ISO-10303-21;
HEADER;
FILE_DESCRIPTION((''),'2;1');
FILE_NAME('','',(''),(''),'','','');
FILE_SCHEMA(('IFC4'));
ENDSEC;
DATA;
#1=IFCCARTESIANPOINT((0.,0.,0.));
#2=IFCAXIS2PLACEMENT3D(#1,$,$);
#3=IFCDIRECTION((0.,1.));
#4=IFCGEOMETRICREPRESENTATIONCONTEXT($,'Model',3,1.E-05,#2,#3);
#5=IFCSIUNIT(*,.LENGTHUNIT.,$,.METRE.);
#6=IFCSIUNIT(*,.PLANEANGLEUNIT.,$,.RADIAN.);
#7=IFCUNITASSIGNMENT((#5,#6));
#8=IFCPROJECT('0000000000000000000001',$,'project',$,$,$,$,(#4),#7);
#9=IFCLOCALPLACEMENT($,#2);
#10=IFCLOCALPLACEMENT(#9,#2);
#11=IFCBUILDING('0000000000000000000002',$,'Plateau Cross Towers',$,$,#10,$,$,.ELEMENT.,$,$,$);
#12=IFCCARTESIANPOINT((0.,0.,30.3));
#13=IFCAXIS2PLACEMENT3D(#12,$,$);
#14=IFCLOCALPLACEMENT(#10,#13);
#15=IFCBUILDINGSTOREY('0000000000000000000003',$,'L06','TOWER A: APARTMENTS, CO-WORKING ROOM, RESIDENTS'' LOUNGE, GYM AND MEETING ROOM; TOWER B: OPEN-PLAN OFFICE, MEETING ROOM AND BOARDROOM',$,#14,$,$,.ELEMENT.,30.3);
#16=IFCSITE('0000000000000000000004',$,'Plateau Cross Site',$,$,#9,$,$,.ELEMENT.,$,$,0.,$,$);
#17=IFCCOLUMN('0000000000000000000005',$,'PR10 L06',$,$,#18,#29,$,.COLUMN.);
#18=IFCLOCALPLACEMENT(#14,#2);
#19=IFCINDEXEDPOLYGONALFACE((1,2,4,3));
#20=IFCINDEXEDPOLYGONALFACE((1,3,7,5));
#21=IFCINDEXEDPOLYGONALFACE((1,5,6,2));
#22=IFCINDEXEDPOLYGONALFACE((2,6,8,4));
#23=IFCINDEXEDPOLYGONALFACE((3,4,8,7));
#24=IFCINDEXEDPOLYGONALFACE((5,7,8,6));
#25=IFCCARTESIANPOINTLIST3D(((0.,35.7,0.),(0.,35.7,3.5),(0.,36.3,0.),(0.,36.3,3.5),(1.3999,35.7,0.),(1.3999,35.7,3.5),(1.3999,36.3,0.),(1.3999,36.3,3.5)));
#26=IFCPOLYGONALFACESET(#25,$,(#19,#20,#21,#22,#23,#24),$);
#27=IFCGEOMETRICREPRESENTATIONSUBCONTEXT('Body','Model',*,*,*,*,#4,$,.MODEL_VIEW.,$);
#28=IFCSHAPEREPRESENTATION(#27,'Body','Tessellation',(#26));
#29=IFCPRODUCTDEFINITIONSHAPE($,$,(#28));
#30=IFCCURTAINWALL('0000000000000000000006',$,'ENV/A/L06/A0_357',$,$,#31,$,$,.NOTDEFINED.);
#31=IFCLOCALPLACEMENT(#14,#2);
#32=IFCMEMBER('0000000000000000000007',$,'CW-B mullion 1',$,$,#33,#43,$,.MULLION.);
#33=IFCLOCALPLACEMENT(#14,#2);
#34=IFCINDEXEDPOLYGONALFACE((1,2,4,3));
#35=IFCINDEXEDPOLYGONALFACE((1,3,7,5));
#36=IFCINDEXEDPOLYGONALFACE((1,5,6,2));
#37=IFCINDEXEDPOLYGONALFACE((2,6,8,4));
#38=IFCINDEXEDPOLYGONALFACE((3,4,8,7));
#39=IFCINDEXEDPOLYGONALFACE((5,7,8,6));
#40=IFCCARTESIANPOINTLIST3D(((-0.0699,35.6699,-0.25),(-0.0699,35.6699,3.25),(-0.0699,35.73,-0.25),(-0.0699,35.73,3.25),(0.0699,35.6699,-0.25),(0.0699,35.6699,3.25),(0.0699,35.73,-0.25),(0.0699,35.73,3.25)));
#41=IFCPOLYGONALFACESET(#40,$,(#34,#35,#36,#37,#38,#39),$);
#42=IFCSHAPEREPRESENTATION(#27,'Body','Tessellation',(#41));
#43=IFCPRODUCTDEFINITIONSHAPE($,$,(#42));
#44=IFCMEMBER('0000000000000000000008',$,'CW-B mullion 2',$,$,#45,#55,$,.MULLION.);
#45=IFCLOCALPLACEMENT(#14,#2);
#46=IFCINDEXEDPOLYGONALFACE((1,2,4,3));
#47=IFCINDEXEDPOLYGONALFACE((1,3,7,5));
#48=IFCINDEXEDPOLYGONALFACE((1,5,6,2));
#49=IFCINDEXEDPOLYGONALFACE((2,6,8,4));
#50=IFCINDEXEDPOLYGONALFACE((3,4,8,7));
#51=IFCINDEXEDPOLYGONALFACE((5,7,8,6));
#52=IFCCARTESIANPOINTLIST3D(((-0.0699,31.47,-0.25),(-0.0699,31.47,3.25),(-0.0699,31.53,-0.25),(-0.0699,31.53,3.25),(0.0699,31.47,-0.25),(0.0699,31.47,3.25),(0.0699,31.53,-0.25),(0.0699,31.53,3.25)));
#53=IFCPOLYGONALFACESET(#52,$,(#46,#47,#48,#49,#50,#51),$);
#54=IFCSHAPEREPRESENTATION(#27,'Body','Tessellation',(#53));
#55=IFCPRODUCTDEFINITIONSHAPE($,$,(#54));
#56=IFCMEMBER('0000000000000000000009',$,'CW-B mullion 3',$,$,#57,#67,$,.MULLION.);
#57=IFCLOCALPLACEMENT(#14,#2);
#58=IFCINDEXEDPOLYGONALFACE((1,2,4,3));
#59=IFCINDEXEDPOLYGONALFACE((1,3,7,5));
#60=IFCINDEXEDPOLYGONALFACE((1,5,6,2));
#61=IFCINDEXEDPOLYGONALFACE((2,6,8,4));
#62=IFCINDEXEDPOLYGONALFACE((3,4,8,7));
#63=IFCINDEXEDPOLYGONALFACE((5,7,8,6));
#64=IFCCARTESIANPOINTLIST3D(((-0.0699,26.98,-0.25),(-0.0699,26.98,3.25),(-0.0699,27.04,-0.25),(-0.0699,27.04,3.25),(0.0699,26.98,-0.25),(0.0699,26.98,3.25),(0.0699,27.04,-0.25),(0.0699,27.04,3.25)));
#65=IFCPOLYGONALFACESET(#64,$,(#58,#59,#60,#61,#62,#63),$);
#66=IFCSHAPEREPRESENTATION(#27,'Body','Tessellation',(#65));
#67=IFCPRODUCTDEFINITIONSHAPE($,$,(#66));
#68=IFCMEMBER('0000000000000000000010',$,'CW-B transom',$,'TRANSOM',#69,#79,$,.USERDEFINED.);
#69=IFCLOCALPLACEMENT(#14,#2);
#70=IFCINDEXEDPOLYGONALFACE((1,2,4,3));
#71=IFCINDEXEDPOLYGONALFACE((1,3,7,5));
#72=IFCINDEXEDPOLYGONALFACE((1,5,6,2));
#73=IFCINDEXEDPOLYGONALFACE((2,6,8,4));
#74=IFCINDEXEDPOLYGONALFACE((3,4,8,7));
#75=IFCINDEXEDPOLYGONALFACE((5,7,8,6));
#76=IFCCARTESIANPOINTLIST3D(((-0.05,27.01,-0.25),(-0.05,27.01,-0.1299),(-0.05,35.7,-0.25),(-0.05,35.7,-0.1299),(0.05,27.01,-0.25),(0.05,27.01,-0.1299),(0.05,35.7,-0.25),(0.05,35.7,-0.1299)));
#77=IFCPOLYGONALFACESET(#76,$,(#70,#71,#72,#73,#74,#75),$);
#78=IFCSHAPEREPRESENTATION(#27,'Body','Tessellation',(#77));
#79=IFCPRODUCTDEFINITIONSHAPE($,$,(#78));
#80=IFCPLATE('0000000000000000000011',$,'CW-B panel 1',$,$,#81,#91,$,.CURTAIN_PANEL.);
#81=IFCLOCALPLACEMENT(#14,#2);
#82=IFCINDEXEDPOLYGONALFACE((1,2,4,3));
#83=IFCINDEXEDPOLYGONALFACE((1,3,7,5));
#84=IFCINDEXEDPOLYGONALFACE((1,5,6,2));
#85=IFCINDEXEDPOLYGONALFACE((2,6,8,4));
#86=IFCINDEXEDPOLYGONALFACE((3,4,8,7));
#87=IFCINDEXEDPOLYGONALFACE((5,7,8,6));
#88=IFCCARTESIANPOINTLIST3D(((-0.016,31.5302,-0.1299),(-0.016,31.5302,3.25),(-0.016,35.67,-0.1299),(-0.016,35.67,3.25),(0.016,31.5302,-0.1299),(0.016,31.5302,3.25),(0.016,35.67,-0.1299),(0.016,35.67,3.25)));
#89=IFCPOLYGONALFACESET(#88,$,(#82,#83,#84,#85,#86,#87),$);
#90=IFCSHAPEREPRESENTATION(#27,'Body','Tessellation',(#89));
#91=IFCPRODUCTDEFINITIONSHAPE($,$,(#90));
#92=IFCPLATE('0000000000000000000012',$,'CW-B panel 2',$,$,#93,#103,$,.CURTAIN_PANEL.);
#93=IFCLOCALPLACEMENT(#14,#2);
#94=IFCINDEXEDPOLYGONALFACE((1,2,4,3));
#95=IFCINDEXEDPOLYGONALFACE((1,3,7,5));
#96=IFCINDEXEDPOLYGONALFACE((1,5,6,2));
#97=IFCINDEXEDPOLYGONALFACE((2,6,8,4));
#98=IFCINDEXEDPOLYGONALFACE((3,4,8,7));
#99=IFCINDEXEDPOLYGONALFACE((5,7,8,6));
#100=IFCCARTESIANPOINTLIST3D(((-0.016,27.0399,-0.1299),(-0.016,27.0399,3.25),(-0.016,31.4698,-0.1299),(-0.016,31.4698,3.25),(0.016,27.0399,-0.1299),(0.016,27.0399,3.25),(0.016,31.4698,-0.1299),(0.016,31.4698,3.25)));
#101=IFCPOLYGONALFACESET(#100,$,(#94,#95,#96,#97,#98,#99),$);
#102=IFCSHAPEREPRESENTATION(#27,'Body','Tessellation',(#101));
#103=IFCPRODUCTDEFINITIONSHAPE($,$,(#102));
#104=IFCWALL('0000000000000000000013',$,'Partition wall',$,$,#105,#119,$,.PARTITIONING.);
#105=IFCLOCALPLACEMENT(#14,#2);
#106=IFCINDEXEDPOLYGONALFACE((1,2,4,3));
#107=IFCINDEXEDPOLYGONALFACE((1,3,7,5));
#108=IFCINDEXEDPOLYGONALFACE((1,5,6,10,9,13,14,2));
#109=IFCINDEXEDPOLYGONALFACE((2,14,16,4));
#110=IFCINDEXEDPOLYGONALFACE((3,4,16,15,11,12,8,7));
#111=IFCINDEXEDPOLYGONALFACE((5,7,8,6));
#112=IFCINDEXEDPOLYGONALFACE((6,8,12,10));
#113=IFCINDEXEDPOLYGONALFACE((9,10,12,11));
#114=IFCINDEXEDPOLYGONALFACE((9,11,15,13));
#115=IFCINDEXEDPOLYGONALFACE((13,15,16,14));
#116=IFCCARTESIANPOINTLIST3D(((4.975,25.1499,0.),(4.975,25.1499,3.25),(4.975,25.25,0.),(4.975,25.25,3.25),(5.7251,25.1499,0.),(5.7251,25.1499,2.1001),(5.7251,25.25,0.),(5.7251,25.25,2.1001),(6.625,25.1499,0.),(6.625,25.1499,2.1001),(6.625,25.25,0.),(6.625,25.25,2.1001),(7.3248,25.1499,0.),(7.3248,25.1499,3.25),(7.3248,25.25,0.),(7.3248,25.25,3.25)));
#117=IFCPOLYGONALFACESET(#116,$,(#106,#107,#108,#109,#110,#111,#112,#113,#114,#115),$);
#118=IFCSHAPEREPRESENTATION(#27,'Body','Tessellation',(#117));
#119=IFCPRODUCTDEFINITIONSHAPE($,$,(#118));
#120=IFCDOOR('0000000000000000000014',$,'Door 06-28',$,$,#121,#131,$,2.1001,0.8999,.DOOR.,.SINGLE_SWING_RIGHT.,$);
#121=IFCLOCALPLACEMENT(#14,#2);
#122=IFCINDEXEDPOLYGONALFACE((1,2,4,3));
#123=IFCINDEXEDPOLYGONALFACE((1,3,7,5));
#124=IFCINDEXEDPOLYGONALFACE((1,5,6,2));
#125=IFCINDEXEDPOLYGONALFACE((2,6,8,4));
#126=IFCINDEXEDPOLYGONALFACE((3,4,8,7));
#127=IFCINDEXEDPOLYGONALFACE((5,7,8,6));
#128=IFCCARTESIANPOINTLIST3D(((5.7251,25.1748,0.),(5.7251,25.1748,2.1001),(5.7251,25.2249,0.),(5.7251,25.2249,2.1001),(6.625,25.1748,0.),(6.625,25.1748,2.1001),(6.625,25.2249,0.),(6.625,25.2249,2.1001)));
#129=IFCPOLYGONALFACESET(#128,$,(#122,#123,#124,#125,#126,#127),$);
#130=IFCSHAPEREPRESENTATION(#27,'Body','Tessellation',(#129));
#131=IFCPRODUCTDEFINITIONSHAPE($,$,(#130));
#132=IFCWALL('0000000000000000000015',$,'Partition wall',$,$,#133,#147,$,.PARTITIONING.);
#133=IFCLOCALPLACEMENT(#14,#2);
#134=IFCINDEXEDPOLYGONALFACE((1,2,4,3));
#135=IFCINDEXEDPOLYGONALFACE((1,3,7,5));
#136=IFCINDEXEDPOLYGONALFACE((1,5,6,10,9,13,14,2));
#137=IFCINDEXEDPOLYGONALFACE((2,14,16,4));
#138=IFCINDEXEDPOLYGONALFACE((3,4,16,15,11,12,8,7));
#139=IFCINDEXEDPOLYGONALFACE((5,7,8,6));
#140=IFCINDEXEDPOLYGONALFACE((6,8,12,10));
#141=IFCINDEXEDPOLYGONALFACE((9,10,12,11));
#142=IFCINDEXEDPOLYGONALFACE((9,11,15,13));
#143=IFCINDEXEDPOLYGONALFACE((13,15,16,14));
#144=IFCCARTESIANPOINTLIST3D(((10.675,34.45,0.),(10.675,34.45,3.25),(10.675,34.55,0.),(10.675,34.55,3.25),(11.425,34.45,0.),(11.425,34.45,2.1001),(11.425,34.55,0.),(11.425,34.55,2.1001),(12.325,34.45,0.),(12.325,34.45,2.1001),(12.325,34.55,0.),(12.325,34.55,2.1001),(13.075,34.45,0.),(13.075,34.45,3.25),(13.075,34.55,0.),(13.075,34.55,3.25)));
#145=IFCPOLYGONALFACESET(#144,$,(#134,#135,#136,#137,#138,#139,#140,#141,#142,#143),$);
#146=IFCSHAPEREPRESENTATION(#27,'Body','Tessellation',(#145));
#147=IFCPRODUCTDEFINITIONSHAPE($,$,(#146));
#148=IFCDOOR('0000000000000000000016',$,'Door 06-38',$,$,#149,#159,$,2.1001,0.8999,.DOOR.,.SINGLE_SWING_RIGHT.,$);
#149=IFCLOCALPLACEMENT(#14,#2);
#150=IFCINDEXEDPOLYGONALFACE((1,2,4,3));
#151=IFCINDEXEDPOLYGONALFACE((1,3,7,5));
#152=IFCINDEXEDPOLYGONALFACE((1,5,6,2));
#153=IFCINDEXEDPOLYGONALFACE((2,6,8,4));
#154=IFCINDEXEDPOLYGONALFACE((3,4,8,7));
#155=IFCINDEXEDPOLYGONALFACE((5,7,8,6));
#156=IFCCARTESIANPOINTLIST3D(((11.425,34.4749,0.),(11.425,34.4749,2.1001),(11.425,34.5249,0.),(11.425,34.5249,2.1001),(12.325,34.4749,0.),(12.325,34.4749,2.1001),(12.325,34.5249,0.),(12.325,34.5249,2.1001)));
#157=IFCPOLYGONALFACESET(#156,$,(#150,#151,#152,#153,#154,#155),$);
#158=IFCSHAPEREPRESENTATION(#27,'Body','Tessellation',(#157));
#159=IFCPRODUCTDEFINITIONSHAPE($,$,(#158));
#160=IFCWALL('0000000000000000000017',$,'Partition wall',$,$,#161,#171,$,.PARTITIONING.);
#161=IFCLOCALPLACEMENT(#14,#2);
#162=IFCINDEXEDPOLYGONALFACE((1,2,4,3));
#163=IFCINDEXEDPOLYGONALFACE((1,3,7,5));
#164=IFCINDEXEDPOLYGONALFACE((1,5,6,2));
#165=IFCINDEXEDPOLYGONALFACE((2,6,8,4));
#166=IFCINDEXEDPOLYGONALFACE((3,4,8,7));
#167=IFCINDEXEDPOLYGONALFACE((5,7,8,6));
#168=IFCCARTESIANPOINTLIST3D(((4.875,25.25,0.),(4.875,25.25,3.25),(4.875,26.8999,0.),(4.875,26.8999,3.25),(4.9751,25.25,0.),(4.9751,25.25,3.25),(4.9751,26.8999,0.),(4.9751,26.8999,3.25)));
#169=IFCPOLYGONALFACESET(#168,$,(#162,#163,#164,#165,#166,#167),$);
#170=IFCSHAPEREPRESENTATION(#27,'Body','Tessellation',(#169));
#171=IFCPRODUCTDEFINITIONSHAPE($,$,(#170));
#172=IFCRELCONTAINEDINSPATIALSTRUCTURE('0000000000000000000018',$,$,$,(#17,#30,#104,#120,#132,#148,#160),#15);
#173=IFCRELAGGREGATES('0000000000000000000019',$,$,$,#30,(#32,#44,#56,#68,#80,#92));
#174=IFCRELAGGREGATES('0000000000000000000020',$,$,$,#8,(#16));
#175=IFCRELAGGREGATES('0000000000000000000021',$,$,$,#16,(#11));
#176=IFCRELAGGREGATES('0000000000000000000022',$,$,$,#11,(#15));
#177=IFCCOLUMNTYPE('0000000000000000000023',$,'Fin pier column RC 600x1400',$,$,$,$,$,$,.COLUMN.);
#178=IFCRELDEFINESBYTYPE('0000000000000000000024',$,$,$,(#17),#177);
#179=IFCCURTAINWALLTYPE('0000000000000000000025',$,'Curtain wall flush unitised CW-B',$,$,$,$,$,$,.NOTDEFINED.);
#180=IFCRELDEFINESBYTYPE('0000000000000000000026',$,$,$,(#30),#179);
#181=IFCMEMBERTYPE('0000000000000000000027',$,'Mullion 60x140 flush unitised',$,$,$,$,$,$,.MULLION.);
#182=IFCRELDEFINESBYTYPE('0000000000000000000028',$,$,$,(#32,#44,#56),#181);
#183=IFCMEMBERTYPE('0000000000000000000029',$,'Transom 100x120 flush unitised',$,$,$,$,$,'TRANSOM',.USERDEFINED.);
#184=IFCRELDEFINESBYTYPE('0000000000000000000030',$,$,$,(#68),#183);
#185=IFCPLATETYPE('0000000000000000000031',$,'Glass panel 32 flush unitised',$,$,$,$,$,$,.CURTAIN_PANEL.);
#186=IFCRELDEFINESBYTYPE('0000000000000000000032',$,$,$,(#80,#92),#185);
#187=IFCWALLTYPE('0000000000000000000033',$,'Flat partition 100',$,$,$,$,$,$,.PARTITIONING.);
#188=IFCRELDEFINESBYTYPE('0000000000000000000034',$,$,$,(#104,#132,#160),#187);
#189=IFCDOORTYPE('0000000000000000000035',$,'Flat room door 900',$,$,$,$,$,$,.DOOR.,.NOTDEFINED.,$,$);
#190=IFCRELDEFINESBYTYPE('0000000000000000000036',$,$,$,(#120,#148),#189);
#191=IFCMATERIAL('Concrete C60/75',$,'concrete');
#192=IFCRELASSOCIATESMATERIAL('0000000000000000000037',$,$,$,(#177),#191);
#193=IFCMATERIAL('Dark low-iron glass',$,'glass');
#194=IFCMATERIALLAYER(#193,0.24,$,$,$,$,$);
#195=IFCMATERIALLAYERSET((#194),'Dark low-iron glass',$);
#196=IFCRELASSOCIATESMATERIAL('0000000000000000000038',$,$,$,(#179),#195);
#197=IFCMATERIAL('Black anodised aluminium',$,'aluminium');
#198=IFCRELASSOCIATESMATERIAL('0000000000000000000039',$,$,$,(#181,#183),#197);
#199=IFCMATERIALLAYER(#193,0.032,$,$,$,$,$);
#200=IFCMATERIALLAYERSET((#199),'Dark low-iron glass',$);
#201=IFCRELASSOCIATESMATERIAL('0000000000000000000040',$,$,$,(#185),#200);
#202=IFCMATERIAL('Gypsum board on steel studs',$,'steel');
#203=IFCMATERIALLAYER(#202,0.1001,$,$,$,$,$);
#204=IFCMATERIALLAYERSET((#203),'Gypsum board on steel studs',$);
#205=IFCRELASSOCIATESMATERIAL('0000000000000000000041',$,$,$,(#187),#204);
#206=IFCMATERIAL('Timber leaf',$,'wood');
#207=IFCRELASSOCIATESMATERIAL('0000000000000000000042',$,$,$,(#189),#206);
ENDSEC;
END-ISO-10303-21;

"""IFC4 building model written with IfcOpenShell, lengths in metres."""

from ifc_helpers import new_model, si_unit, direction, frame, frame_2d, origin, origin_2d, place, context, subcontext, project, spatial, rectangle, extrude, material, layer, layer_set, material_profile, profile_set, type_object, element, fill, aggregate, save


model = new_model("IFC4")

# Units and contexts
model_context = context("Model", 3, precision=1e-05, world=origin(), true_north=direction((0.0, 1.0)))
body_context = subcontext(model_context, "Body", "Model", "MODEL_VIEW")
ifc_project = project(units=[si_unit("LENGTHUNIT", "METRE"), si_unit("PLANEANGLEUNIT", "RADIAN")], contexts=[model_context])

# Site, building, storey
site_placement = place(None, origin())
site = spatial("IfcSite", under=ifc_project, at=site_placement, Name="Plateau Cross Site", CompositionType="ELEMENT", RefElevation=0.0)
building_placement = place(site_placement, origin())
building = spatial("IfcBuilding", under=site, at=building_placement, Name="Plateau Cross Towers", CompositionType="ELEMENT")
storey_placement = place(building_placement, frame((0.0, 0.0, 30.3)))
storey = spatial("IfcBuildingStorey", under=building, at=storey_placement, Name="L06", Description="TOWER A: APARTMENTS, CO-WORKING ROOM, RESIDENTS' LOUNGE, GYM AND MEETING ROOM; TOWER B: OPEN-PLAN OFFICE, MEETING ROOM AND BOARDROOM", CompositionType="ELEMENT", Elevation=30.3)

# Column
ifc_material_1 = material(Name="Concrete C60/75", Category="concrete")
ifc_material_profile_1 = material_profile(ifc_material_1, rectangle(XDim=0.6001, YDim=1.3999, at=origin_2d()), Name="RC 600x1400")
ifc_profile_set_1 = profile_set([ifc_material_profile_1], Name="Concrete C60/75")
column_type = type_object("IfcColumnType", Name="Fin pier column RC 600x1400", PredefinedType="COLUMN", material=ifc_profile_set_1)
column_placement = place(storey_placement, frame((0.7, 36.0, 0.0), z_axis=(0.0, 0.0, 1.0), x_axis=(0.0, 1.0, 0.0)))
element("IfcColumn", 1, at=column_placement, inside=storey, type_object=column_type, Name="PR10 L06", PredefinedType="COLUMN", context=body_context, shape_type="SweptSolid", body=[
    extrude(rectangle(XDim=0.6001, YDim=1.3999, at=origin_2d()), origin(), (0.0, 0.0, 1.0), 3.5),
])

# Curtain wall, members, plates
ifc_material_2 = material(Name="Dark low-iron glass", Category="glass")
ifc_layer_1 = layer(ifc_material_2, 0.24)
ifc_layer_set_1 = layer_set([ifc_layer_1], Name="Dark low-iron glass")
curtain_wall_type = type_object("IfcCurtainWallType", Name="Curtain wall flush unitised CW-B", PredefinedType="NOTDEFINED", material=ifc_layer_set_1)
curtain_wall_placement = place(storey_placement, origin())
curtain_wall = element("IfcCurtainWall", 2, at=curtain_wall_placement, inside=storey, type_object=curtain_wall_type, Name="ENV/A/L06/A0_357", PredefinedType="NOTDEFINED")
ifc_material_3 = material(Name="Black anodised aluminium", Category="aluminium")
ifc_material_profile_2 = material_profile(ifc_material_3, rectangle(XDim=0.0601, YDim=0.1399, at=origin_2d()), Name="MULLION 60x140")
ifc_profile_set_2 = profile_set([ifc_material_profile_2], Name="Black anodised aluminium")
member_type_1 = type_object("IfcMemberType", Name="Mullion 60x140 flush unitised", PredefinedType="MULLION", material=ifc_profile_set_2)
member_1_placement = place(storey_placement, frame((0.0, 35.7, -0.25), z_axis=(0.0, 0.0, 1.0), x_axis=(0.0, -1.0, 0.0)))
member_1 = element("IfcMember", 3, at=member_1_placement, type_object=member_type_1, Name="CW-B mullion 1", PredefinedType="MULLION", context=body_context, shape_type="SweptSolid", body=[
    extrude(rectangle(XDim=0.0601, YDim=0.1399, at=origin_2d()), origin(), (0.0, 0.0, 1.0), 3.5),
])
member_2_placement = place(storey_placement, frame((0.0, 31.5, -0.25), z_axis=(0.0, 0.0, 1.0), x_axis=(0.0, -1.0, 0.0)))
member_2 = element("IfcMember", 4, at=member_2_placement, type_object=member_type_1, Name="CW-B mullion 2", PredefinedType="MULLION", context=body_context, shape_type="SweptSolid", body=[
    extrude(rectangle(XDim=0.0601, YDim=0.1399, at=origin_2d()), origin(), (0.0, 0.0, 1.0), 3.5),
])
member_3_placement = place(storey_placement, frame((0.0, 27.01, -0.25), z_axis=(0.0, 0.0, 1.0), x_axis=(0.0, -1.0, 0.0)))
member_3 = element("IfcMember", 5, at=member_3_placement, type_object=member_type_1, Name="CW-B mullion 3", PredefinedType="MULLION", context=body_context, shape_type="SweptSolid", body=[
    extrude(rectangle(XDim=0.0601, YDim=0.1399, at=origin_2d()), origin(), (0.0, 0.0, 1.0), 3.5),
])
ifc_material_profile_3 = material_profile(ifc_material_3, rectangle(XDim=0.1001, YDim=0.1201, at=origin_2d()), Name="TRANSOM 100x120")
ifc_profile_set_3 = profile_set([ifc_material_profile_3], Name="Black anodised aluminium")
member_type_2 = type_object("IfcMemberType", Name="Transom 100x120 flush unitised", ElementType="TRANSOM", PredefinedType="USERDEFINED", material=ifc_profile_set_3)
member_4_placement = place(storey_placement, frame((0.0, 35.7, -0.1899), z_axis=(0.0, -1.0, 0.0), x_axis=(1.0, 0.0, 0.0)))
member_4 = element("IfcMember", 6, at=member_4_placement, type_object=member_type_2, Name="CW-B transom", ObjectType="TRANSOM", PredefinedType="USERDEFINED", context=body_context, shape_type="SweptSolid", body=[
    extrude(rectangle(XDim=0.1001, YDim=0.1201, at=origin_2d()), origin(), (0.0, 0.0, 1.0), 8.6899),
])
ifc_layer_2 = layer(ifc_material_2, 0.032)
ifc_layer_set_2 = layer_set([ifc_layer_2], Name="Dark low-iron glass")
plate_type = type_object("IfcPlateType", Name="Glass panel 32 flush unitised", PredefinedType="CURTAIN_PANEL", material=ifc_layer_set_2)
plate_1_placement = place(storey_placement, frame((0.0, 33.6001, -0.1299), z_axis=(0.0, 0.0, 1.0), x_axis=(0.0, -1.0, 0.0)))
plate_1 = element("IfcPlate", 7, at=plate_1_placement, type_object=plate_type, Name="CW-B panel 1", PredefinedType="CURTAIN_PANEL", context=body_context, shape_type="SweptSolid", body=[
    extrude(rectangle(XDim=4.1399, YDim=0.032, at=origin_2d()), origin(), (0.0, 0.0, 1.0), 3.3799),
])
plate_2_placement = place(storey_placement, frame((0.0, 29.2549, -0.1299), z_axis=(0.0, 0.0, 1.0), x_axis=(0.0, -1.0, 0.0)))
plate_2 = element("IfcPlate", 8, at=plate_2_placement, type_object=plate_type, Name="CW-B panel 2", PredefinedType="CURTAIN_PANEL", context=body_context, shape_type="SweptSolid", body=[
    extrude(rectangle(XDim=4.4299, YDim=0.032, at=origin_2d()), origin(), (0.0, 0.0, 1.0), 3.3799),
])
aggregate(curtain_wall, [member_1, member_2, member_3, member_4, plate_1, plate_2])

# Walls, openings, doors
ifc_material_4 = material(Name="Gypsum board on steel studs", Category="steel")
ifc_layer_3 = layer(ifc_material_4, 0.1001)
ifc_layer_set_3 = layer_set([ifc_layer_3], Name="Gypsum board on steel studs")
wall_type_1 = type_object("IfcWallType", Name="Flat partition 100", PredefinedType="PARTITIONING", material=ifc_layer_set_3)
wall_1_placement = place(storey_placement, frame((4.9751, 25.2, 0.0), z_axis=(0.0, 0.0, 1.0), x_axis=(1.0, 0.0, 0.0)))
wall_1 = element("IfcWall", 9, at=wall_1_placement, inside=storey, type_object=wall_type_1, Name="Partition wall", PredefinedType="PARTITIONING", context=body_context, shape_type="SweptSolid", body=[
    extrude(rectangle(XDim=2.3499, YDim=0.1001, at=frame_2d((1.1748, 0.0))), origin(), (0.0, 0.0, 1.0), 3.25),
])
opening_1_placement = place(wall_1_placement, frame((0.75, 0.0, 0.0)))
opening_1 = element("IfcOpeningElement", 10, at=opening_1_placement, cuts=wall_1, PredefinedType="OPENING", context=body_context, shape_type="SweptSolid", body=[
    extrude(rectangle(XDim=0.8999, YDim=2.1001, at=frame_2d((0.45, 1.05))), frame((0.0, 0.0601, 0.0), z_axis=(0.0, -1.0, 0.0), x_axis=(1.0, 0.0, 0.0)), (0.0, 0.0, 1.0), 0.1201),
])
ifc_material_5 = material(Name="Timber leaf", Category="wood")
door_type = type_object("IfcDoorType", Name="Flat room door 900", OperationType="NOTDEFINED", PredefinedType="DOOR", material=ifc_material_5)
door_1_placement = place(opening_1_placement, origin())
door_1 = element("IfcDoor", 11, at=door_1_placement, inside=storey, type_object=door_type, Name="Door 06-28", OperationType="SINGLE_SWING_RIGHT", OverallHeight=2.1001, OverallWidth=0.8999, PredefinedType="DOOR", context=body_context, shape_type="SweptSolid", body=[
    extrude(rectangle(XDim=0.8999, YDim=2.1001, at=frame_2d((0.45, 1.05))), frame((0.0, 0.0249, 0.0), z_axis=(0.0, -1.0, 0.0), x_axis=(1.0, 0.0, 0.0)), (0.0, 0.0, 1.0), 0.05),
])
fill(opening_1, door_1)
wall_2_placement = place(storey_placement, frame((10.675, 34.5, 0.0), z_axis=(0.0, 0.0, 1.0), x_axis=(1.0, 0.0, 0.0)))
wall_2 = element("IfcWall", 12, at=wall_2_placement, inside=storey, type_object=wall_type_1, Name="Partition wall", PredefinedType="PARTITIONING", context=body_context, shape_type="SweptSolid", body=[
    extrude(rectangle(XDim=2.3999, YDim=0.1001, at=frame_2d((1.2, 0.0))), origin(), (0.0, 0.0, 1.0), 3.25),
])
opening_2_placement = place(wall_2_placement, frame((0.75, 0.0, 0.0)))
opening_2 = element("IfcOpeningElement", 13, at=opening_2_placement, cuts=wall_2, PredefinedType="OPENING", context=body_context, shape_type="SweptSolid", body=[
    extrude(rectangle(XDim=0.8999, YDim=2.1001, at=frame_2d((0.45, 1.05))), frame((0.0, 0.0601, 0.0), z_axis=(0.0, -1.0, 0.0), x_axis=(1.0, 0.0, 0.0)), (0.0, 0.0, 1.0), 0.1201),
])
door_2_placement = place(opening_2_placement, origin())
door_2 = element("IfcDoor", 14, at=door_2_placement, inside=storey, type_object=door_type, Name="Door 06-38", OperationType="SINGLE_SWING_RIGHT", OverallHeight=2.1001, OverallWidth=0.8999, PredefinedType="DOOR", context=body_context, shape_type="SweptSolid", body=[
    extrude(rectangle(XDim=0.8999, YDim=2.1001, at=frame_2d((0.45, 1.05))), frame((0.0, 0.0249, 0.0), z_axis=(0.0, -1.0, 0.0), x_axis=(1.0, 0.0, 0.0)), (0.0, 0.0, 1.0), 0.05),
])
fill(opening_2, door_2)

# Wall
wall_3_placement = place(storey_placement, frame((4.925, 26.8999, 0.0), z_axis=(0.0, 0.0, 1.0), x_axis=(0.0, -1.0, 0.0)))
element("IfcWall", 15, at=wall_3_placement, inside=storey, type_object=wall_type_1, Name="Partition wall", PredefinedType="PARTITIONING", context=body_context, shape_type="SweptSolid", body=[
    extrude(rectangle(XDim=1.6499, YDim=0.1001, at=frame_2d((0.825, 0.0))), origin(), (0.0, 0.0, 1.0), 3.25),
])

save(model, "model.ifc")
